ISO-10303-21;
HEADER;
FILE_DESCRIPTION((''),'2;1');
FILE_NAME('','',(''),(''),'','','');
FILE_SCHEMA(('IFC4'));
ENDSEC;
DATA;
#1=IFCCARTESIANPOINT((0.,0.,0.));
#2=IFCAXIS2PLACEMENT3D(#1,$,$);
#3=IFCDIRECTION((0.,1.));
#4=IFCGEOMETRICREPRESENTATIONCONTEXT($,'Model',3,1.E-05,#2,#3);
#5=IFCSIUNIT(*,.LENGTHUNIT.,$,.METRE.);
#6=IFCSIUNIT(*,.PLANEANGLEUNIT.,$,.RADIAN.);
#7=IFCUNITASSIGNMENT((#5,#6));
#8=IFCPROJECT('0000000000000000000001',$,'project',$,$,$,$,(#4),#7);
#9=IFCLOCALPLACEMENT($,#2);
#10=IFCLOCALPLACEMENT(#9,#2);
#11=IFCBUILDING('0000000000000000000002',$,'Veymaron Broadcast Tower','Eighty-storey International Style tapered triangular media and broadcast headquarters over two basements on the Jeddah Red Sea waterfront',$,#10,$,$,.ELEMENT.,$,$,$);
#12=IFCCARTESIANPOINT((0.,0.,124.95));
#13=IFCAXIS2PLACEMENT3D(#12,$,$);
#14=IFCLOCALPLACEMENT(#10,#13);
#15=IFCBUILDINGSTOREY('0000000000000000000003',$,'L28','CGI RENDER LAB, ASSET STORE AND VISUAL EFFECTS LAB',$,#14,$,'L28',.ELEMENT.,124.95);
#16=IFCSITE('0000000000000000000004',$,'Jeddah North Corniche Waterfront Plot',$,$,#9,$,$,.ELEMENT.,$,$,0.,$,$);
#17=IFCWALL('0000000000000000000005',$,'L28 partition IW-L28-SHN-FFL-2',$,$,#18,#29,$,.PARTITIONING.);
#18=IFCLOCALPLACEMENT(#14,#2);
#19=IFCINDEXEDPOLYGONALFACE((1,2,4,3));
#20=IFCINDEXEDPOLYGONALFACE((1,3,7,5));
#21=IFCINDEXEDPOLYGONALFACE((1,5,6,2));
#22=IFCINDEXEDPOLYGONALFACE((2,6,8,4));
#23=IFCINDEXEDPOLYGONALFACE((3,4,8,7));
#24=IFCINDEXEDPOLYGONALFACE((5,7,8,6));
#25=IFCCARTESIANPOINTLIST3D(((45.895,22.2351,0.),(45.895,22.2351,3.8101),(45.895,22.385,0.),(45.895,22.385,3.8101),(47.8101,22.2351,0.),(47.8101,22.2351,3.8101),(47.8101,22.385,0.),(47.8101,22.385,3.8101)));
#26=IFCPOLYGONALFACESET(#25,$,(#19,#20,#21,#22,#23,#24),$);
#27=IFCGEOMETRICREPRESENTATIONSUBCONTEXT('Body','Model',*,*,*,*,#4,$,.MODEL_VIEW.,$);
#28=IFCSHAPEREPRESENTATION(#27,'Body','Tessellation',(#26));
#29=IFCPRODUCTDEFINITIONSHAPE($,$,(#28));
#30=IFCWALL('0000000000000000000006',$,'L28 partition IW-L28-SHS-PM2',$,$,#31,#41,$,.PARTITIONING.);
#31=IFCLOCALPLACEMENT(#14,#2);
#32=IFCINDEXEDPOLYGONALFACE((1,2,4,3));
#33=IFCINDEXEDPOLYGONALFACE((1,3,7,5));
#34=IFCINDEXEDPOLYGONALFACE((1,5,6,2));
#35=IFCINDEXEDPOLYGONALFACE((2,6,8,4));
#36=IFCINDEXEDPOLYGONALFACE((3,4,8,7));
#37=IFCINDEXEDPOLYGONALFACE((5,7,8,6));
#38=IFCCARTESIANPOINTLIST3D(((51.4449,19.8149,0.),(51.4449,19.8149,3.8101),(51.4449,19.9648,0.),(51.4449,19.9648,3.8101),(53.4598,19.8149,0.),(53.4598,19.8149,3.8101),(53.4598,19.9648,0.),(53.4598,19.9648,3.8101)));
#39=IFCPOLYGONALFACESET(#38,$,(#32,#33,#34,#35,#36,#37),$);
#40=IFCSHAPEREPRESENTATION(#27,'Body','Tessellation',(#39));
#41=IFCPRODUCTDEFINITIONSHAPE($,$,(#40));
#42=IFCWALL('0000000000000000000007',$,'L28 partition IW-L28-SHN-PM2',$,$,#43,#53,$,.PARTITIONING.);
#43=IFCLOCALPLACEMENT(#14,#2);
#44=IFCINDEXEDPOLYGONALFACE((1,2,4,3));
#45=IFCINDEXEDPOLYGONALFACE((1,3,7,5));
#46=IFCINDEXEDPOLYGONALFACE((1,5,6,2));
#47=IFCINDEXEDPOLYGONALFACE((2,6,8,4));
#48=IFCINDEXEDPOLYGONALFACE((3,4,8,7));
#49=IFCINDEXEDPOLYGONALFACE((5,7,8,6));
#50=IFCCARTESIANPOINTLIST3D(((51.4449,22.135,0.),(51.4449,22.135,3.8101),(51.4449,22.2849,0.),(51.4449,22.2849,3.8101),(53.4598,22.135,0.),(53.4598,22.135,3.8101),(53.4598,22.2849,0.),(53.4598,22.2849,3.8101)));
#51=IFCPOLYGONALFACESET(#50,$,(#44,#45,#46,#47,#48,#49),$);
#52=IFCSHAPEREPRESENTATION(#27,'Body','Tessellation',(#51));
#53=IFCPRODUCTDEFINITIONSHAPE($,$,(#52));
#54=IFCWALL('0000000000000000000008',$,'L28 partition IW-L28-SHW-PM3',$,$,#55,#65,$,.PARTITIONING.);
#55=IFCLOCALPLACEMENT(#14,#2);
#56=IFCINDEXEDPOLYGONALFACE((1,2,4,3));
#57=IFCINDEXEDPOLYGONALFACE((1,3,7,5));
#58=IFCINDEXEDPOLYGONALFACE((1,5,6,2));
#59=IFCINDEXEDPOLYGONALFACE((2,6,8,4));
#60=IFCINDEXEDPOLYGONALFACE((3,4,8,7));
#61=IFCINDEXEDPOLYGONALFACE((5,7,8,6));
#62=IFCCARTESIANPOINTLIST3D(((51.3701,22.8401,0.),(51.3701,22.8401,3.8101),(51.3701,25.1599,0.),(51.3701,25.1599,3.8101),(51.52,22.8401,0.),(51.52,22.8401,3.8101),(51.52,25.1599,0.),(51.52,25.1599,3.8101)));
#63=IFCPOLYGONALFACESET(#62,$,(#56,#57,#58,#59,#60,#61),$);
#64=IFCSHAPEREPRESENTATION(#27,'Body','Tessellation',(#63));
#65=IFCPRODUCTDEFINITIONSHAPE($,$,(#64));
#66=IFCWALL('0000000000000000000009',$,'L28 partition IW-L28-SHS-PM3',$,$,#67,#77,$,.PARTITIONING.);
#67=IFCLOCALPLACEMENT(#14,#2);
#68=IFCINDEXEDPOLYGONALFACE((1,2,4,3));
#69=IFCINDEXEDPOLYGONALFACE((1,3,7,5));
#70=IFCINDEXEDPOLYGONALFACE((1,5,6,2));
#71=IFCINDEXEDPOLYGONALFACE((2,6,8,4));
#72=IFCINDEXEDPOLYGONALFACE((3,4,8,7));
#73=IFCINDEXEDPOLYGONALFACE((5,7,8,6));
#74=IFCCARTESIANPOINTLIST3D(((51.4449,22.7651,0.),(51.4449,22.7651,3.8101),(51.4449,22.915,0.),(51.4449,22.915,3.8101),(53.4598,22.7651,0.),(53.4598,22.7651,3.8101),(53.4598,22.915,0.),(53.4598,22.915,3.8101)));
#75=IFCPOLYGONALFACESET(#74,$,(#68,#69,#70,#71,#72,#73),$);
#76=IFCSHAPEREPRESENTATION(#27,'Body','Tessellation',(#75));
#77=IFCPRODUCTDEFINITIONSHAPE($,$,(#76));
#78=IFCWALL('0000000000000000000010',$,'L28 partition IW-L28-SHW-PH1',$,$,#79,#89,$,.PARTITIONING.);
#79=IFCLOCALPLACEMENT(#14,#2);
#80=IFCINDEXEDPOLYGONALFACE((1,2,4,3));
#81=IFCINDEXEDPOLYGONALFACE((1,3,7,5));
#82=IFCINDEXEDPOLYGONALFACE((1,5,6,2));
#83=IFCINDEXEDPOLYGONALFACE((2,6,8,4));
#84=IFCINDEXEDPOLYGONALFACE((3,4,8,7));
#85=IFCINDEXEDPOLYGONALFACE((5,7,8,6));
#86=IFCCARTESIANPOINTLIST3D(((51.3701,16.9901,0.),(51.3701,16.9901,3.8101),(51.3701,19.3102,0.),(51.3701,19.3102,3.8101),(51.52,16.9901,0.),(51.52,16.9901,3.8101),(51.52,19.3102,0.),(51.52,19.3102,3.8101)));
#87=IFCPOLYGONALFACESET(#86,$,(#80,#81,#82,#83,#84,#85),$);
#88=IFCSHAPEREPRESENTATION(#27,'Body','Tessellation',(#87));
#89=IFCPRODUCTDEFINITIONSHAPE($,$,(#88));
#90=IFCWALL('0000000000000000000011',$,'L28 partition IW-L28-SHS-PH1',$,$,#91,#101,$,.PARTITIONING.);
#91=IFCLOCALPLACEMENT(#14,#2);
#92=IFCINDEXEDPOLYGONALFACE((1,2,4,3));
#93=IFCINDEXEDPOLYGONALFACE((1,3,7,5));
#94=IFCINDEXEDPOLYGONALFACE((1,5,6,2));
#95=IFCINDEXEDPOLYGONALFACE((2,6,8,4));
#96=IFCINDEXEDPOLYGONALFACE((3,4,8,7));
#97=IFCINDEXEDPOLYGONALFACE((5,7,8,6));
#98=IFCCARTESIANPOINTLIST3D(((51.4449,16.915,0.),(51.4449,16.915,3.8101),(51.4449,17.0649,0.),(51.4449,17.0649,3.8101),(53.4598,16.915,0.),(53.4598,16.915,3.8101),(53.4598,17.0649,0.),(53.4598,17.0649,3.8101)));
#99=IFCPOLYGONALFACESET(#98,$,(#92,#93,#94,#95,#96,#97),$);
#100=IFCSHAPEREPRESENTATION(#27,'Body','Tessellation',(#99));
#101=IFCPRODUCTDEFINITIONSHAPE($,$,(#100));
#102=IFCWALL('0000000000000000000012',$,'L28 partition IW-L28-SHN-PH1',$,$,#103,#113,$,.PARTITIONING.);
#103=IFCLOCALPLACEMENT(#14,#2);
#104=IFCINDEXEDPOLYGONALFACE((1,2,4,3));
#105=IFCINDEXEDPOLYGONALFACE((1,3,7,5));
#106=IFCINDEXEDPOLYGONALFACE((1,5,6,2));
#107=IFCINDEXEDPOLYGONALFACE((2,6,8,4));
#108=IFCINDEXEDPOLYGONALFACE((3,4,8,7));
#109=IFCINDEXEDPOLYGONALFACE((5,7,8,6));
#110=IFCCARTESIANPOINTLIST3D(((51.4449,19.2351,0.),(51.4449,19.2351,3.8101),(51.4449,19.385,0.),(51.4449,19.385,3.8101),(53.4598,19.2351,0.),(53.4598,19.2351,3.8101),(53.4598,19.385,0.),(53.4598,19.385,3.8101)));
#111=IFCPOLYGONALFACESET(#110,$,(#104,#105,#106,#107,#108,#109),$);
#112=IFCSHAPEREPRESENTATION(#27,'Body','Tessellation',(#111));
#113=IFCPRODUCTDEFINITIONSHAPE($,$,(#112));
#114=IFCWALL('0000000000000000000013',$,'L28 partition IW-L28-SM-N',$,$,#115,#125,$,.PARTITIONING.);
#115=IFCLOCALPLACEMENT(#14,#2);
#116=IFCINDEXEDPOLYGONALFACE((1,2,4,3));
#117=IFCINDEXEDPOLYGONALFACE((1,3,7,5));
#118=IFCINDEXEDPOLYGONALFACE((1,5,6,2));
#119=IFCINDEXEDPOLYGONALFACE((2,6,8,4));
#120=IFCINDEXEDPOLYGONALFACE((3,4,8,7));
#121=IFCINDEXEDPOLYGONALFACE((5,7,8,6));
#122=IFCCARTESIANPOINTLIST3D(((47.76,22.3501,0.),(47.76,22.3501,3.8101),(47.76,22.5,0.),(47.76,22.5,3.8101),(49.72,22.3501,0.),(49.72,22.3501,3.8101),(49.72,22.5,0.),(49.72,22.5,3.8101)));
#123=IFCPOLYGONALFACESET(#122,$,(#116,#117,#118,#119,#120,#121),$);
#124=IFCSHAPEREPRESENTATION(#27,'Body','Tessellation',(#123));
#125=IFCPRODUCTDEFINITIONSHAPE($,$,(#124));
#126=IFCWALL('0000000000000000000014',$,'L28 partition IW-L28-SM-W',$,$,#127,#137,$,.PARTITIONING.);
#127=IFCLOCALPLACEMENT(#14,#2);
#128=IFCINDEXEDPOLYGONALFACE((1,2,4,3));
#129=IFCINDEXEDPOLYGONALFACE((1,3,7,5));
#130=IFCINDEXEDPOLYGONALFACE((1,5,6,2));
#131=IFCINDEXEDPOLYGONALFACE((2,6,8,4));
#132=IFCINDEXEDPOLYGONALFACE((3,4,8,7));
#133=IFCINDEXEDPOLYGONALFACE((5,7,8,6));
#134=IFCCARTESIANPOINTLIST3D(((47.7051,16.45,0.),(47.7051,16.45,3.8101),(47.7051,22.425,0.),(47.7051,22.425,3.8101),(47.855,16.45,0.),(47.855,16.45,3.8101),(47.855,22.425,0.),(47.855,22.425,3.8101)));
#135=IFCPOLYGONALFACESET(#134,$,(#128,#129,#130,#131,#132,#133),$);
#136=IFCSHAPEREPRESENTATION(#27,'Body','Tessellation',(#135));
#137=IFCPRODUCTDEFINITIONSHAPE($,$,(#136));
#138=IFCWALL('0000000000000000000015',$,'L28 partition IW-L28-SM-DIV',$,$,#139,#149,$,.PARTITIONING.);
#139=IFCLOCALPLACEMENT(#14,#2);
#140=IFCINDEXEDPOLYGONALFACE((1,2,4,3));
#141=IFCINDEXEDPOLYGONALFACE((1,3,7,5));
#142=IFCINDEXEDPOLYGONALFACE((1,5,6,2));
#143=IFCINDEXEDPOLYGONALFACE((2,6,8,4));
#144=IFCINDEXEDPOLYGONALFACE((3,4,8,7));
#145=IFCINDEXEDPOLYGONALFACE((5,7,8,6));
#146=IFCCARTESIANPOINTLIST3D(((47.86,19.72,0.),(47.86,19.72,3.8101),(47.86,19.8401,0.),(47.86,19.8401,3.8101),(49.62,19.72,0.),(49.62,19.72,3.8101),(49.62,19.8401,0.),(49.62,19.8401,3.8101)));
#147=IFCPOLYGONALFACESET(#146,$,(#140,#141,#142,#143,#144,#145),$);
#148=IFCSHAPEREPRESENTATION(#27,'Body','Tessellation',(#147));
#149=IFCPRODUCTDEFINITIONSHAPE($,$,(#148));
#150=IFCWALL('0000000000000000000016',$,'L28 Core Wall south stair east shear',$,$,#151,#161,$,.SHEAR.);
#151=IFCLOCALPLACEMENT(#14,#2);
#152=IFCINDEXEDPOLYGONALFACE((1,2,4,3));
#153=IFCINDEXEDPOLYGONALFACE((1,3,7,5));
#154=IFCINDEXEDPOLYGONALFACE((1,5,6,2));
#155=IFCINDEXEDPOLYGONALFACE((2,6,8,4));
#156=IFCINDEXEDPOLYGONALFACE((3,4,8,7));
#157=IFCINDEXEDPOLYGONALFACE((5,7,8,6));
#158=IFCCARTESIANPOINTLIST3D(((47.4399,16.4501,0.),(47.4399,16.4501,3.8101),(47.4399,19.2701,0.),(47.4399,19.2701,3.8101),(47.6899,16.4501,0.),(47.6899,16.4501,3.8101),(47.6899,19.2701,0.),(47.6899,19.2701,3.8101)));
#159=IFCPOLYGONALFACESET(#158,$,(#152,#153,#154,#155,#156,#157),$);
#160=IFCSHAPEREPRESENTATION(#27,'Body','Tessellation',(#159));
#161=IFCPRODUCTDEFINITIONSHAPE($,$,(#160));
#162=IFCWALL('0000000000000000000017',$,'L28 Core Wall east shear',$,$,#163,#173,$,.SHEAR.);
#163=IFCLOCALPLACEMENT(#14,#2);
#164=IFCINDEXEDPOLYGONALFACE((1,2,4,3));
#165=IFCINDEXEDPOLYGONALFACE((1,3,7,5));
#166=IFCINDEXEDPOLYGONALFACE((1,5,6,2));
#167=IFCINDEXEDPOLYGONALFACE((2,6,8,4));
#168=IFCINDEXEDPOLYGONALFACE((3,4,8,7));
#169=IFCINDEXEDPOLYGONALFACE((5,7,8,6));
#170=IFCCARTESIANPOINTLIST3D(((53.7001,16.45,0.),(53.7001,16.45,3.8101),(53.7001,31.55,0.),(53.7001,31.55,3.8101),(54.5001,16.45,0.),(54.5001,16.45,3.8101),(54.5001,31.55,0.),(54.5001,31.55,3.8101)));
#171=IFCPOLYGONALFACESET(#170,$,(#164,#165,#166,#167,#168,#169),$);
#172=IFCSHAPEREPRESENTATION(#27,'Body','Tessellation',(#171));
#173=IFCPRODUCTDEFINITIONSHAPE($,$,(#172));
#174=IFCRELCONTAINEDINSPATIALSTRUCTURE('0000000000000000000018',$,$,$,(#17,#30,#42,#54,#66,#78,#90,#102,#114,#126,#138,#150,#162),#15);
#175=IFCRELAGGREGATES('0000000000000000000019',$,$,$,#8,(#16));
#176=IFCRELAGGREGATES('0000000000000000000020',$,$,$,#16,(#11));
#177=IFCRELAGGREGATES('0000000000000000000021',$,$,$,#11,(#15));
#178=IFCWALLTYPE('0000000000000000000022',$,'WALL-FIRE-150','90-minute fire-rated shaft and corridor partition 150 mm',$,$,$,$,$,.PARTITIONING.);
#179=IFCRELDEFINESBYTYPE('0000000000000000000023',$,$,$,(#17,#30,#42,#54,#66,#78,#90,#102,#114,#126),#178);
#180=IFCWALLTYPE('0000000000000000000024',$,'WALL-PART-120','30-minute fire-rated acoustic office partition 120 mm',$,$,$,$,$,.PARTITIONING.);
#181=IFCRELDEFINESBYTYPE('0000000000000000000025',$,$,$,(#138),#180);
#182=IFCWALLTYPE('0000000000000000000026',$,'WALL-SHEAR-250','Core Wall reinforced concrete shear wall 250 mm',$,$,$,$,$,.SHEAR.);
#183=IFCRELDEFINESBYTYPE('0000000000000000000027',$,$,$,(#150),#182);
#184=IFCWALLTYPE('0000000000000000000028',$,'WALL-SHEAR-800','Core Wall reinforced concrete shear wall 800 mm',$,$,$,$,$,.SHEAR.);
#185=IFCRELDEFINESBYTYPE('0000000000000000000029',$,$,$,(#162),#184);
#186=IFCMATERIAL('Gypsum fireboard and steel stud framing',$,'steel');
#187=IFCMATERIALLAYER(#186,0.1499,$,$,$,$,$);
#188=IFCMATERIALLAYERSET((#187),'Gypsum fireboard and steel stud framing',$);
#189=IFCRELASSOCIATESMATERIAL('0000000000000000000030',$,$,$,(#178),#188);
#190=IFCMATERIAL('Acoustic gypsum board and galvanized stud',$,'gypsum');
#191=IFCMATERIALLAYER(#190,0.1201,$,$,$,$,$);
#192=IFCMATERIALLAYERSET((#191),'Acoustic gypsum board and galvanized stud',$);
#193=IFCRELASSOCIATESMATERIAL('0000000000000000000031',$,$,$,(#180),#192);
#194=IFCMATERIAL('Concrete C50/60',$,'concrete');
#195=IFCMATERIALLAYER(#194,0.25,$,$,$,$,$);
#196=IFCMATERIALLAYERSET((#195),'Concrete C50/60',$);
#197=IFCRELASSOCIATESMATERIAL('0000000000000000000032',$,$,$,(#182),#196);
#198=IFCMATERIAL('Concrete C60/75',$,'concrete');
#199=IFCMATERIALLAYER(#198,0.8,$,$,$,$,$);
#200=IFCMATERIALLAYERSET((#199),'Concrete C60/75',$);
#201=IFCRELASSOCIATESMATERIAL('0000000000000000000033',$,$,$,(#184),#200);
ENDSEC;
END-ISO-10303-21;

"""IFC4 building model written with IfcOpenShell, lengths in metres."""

from ifc_helpers import new_model, si_unit, direction, frame, frame_2d, origin, place, context, subcontext, project, spatial, rectangle, extrude, material, layer, layer_set, type_object, element, save


model = new_model("IFC4")

# Units and contexts
model_context = context("Model", 3, precision=1e-05, world=origin(), true_north=direction((0.0, 1.0)))
body_context = subcontext(model_context, "Body", "Model", "MODEL_VIEW")
ifc_project = project(units=[si_unit("LENGTHUNIT", "METRE"), si_unit("PLANEANGLEUNIT", "RADIAN")], contexts=[model_context])

# Site, building, storey
site_placement = place(None, origin())
site = spatial("IfcSite", under=ifc_project, at=site_placement, Name="Jeddah North Corniche Waterfront Plot", CompositionType="ELEMENT", RefElevation=0.0)
building_placement = place(site_placement, origin())
building = spatial("IfcBuilding", under=site, at=building_placement, Name="Veymaron Broadcast Tower", Description="Eighty-storey International Style tapered triangular media and broadcast headquarters over two basements on the Jeddah Red Sea waterfront", CompositionType="ELEMENT")
storey_placement = place(building_placement, frame((0.0, 0.0, 124.95)))
storey = spatial("IfcBuildingStorey", under=building, at=storey_placement, Name="L28", Description="CGI RENDER LAB, ASSET STORE AND VISUAL EFFECTS LAB", LongName="L28", CompositionType="ELEMENT", Elevation=124.95)

# Wall
ifc_material_1 = material(Name="Gypsum fireboard and steel stud framing", Category="steel")
ifc_layer_1 = layer(ifc_material_1, 0.1499)
ifc_layer_set_1 = layer_set([ifc_layer_1], Name="Gypsum fireboard and steel stud framing")
wall_type_1 = type_object("IfcWallType", Name="WALL-FIRE-150", Description="90-minute fire-rated shaft and corridor partition 150 mm", PredefinedType="PARTITIONING", material=ifc_layer_set_1)
wall_1_placement = place(storey_placement, frame((45.895, 22.3101, 0.0), z_axis=(0.0, 0.0, 1.0), x_axis=(1.0, 0.0, 0.0)))
element("IfcWall", 1, at=wall_1_placement, inside=storey, type_object=wall_type_1, Name="L28 partition IW-L28-SHN-FFL-2", PredefinedType="PARTITIONING", context=body_context, shape_type="SweptSolid", body=[
    extrude(rectangle(XDim=1.915, YDim=0.1499, at=frame_2d((0.9575, 0.0))), origin(), (0.0, 0.0, 1.0), 3.8101),
])

# Walls
for number, where, z_axis, x_axis, name in (
    (2, (51.4451, 19.8899, 0.0), (0.0, 0.0, 1.0), (1.0, 0.0, 0.0), "L28 partition IW-L28-SHS-PM2"),
    (3, (51.4451, 22.21, 0.0), (0.0, 0.0, 1.0), (1.0, 0.0, 0.0), "L28 partition IW-L28-SHN-PM2"),
):
    element("IfcWall", number, at=place(storey_placement, frame(where, z_axis=z_axis, x_axis=x_axis)), inside=storey, type_object=wall_type_1, Name=name, PredefinedType="PARTITIONING", context=body_context, shape_type="SweptSolid", body=[
        extrude(rectangle(XDim=2.0149, YDim=0.1499, at=frame_2d((1.0073, 0.0))), origin(), (0.0, 0.0, 1.0), 3.8101),
    ])
wall_2_placement = place(storey_placement, frame((51.4451, 22.8401, 0.0), z_axis=(0.0, 0.0, 1.0), x_axis=(0.0, 1.0, 0.0)))
element("IfcWall", 4, at=wall_2_placement, inside=storey, type_object=wall_type_1, Name="L28 partition IW-L28-SHW-PM3", PredefinedType="PARTITIONING", context=body_context, shape_type="SweptSolid", body=[
    extrude(rectangle(XDim=2.3198, YDim=0.1499, at=frame_2d((1.1599, 0.0))), origin(), (0.0, 0.0, 1.0), 3.8101),
])
wall_3_placement = place(storey_placement, frame((51.4451, 22.8401, 0.0), z_axis=(0.0, 0.0, 1.0), x_axis=(1.0, 0.0, 0.0)))
element("IfcWall", 5, at=wall_3_placement, inside=storey, type_object=wall_type_1, Name="L28 partition IW-L28-SHS-PM3", PredefinedType="PARTITIONING", context=body_context, shape_type="SweptSolid", body=[
    extrude(rectangle(XDim=2.0149, YDim=0.1499, at=frame_2d((1.0073, 0.0))), origin(), (0.0, 0.0, 1.0), 3.8101),
])
wall_4_placement = place(storey_placement, frame((51.4451, 16.99, 0.0), z_axis=(0.0, 0.0, 1.0), x_axis=(0.0, 1.0, 0.0)))
element("IfcWall", 6, at=wall_4_placement, inside=storey, type_object=wall_type_1, Name="L28 partition IW-L28-SHW-PH1", PredefinedType="PARTITIONING", context=body_context, shape_type="SweptSolid", body=[
    extrude(rectangle(XDim=2.3201, YDim=0.1499, at=frame_2d((1.1602, 0.0))), origin(), (0.0, 0.0, 1.0), 3.8101),
])
for number, where, z_axis, x_axis, name in (
    (7, (51.4451, 16.99, 0.0), (0.0, 0.0, 1.0), (1.0, 0.0, 0.0), "L28 partition IW-L28-SHS-PH1"),
    (8, (51.4451, 19.3101, 0.0), (0.0, 0.0, 1.0), (1.0, 0.0, 0.0), "L28 partition IW-L28-SHN-PH1"),
):
    element("IfcWall", number, at=place(storey_placement, frame(where, z_axis=z_axis, x_axis=x_axis)), inside=storey, type_object=wall_type_1, Name=name, PredefinedType="PARTITIONING", context=body_context, shape_type="SweptSolid", body=[
        extrude(rectangle(XDim=2.0149, YDim=0.1499, at=frame_2d((1.0073, 0.0))), origin(), (0.0, 0.0, 1.0), 3.8101),
    ])

# Walls
wall_5_placement = place(storey_placement, frame((47.76, 22.425, 0.0), z_axis=(0.0, 0.0, 1.0), x_axis=(1.0, 0.0, 0.0)))
element("IfcWall", 9, at=wall_5_placement, inside=storey, type_object=wall_type_1, Name="L28 partition IW-L28-SM-N", PredefinedType="PARTITIONING", context=body_context, shape_type="SweptSolid", body=[
    extrude(rectangle(XDim=1.96, YDim=0.1499, at=frame_2d((0.98, 0.0))), origin(), (0.0, 0.0, 1.0), 3.8101),
])
wall_6_placement = place(storey_placement, frame((47.78, 16.45, 0.0), z_axis=(0.0, 0.0, 1.0), x_axis=(0.0, 1.0, 0.0)))
element("IfcWall", 10, at=wall_6_placement, inside=storey, type_object=wall_type_1, Name="L28 partition IW-L28-SM-W", PredefinedType="PARTITIONING", context=body_context, shape_type="SweptSolid", body=[
    extrude(rectangle(XDim=5.9751, YDim=0.1499, at=frame_2d((2.9875, 0.0))), origin(), (0.0, 0.0, 1.0), 3.8101),
])
ifc_material_2 = material(Name="Acoustic gypsum board and galvanized stud", Category="gypsum")
ifc_layer_2 = layer(ifc_material_2, 0.1201)
ifc_layer_set_2 = layer_set([ifc_layer_2], Name="Acoustic gypsum board and galvanized stud")
wall_type_2 = type_object("IfcWallType", Name="WALL-PART-120", Description="30-minute fire-rated acoustic office partition 120 mm", PredefinedType="PARTITIONING", material=ifc_layer_set_2)
wall_7_placement = place(storey_placement, frame((47.8601, 19.78, 0.0), z_axis=(0.0, 0.0, 1.0), x_axis=(1.0, 0.0, 0.0)))
element("IfcWall", 11, at=wall_7_placement, inside=storey, type_object=wall_type_2, Name="L28 partition IW-L28-SM-DIV", PredefinedType="PARTITIONING", context=body_context, shape_type="SweptSolid", body=[
    extrude(rectangle(XDim=1.76, YDim=0.1201, at=frame_2d((0.8799, 0.0))), origin(), (0.0, 0.0, 1.0), 3.8101),
])

# Walls
ifc_material_3 = material(Name="Concrete C50/60", Category="concrete")
ifc_layer_3 = layer(ifc_material_3, 0.25)
ifc_layer_set_3 = layer_set([ifc_layer_3], Name="Concrete C50/60")
wall_type_3 = type_object("IfcWallType", Name="WALL-SHEAR-250", Description="Core Wall reinforced concrete shear wall 250 mm", PredefinedType="SHEAR", material=ifc_layer_set_3)
wall_8_placement = place(storey_placement, frame((47.5649, 16.45, 0.0), z_axis=(0.0, 0.0, 1.0), x_axis=(0.0, 1.0, 0.0)))
element("IfcWall", 12, at=wall_8_placement, inside=storey, type_object=wall_type_3, Name="L28 Core Wall south stair east shear", PredefinedType="SHEAR", context=body_context, shape_type="SweptSolid", body=[
    extrude(rectangle(XDim=2.8201, YDim=0.25, at=frame_2d((1.4102, 0.0))), origin(), (0.0, 0.0, 1.0), 3.8101),
])
ifc_material_4 = material(Name="Concrete C60/75", Category="concrete")
ifc_layer_4 = layer(ifc_material_4, 0.8)
ifc_layer_set_4 = layer_set([ifc_layer_4], Name="Concrete C60/75")
wall_type_4 = type_object("IfcWallType", Name="WALL-SHEAR-800", Description="Core Wall reinforced concrete shear wall 800 mm", PredefinedType="SHEAR", material=ifc_layer_set_4)
wall_9_placement = place(storey_placement, frame((54.1001, 16.45, 0.0), z_axis=(0.0, 0.0, 1.0), x_axis=(0.0, 1.0, 0.0)))
element("IfcWall", 13, at=wall_9_placement, inside=storey, type_object=wall_type_4, Name="L28 Core Wall east shear", PredefinedType="SHEAR", context=body_context, shape_type="SweptSolid", body=[
    extrude(rectangle(XDim=15.1001, YDim=0.8, at=frame_2d((7.55, 0.0))), origin(), (0.0, 0.0, 1.0), 3.8101),
])

save(model, "model.ifc")
